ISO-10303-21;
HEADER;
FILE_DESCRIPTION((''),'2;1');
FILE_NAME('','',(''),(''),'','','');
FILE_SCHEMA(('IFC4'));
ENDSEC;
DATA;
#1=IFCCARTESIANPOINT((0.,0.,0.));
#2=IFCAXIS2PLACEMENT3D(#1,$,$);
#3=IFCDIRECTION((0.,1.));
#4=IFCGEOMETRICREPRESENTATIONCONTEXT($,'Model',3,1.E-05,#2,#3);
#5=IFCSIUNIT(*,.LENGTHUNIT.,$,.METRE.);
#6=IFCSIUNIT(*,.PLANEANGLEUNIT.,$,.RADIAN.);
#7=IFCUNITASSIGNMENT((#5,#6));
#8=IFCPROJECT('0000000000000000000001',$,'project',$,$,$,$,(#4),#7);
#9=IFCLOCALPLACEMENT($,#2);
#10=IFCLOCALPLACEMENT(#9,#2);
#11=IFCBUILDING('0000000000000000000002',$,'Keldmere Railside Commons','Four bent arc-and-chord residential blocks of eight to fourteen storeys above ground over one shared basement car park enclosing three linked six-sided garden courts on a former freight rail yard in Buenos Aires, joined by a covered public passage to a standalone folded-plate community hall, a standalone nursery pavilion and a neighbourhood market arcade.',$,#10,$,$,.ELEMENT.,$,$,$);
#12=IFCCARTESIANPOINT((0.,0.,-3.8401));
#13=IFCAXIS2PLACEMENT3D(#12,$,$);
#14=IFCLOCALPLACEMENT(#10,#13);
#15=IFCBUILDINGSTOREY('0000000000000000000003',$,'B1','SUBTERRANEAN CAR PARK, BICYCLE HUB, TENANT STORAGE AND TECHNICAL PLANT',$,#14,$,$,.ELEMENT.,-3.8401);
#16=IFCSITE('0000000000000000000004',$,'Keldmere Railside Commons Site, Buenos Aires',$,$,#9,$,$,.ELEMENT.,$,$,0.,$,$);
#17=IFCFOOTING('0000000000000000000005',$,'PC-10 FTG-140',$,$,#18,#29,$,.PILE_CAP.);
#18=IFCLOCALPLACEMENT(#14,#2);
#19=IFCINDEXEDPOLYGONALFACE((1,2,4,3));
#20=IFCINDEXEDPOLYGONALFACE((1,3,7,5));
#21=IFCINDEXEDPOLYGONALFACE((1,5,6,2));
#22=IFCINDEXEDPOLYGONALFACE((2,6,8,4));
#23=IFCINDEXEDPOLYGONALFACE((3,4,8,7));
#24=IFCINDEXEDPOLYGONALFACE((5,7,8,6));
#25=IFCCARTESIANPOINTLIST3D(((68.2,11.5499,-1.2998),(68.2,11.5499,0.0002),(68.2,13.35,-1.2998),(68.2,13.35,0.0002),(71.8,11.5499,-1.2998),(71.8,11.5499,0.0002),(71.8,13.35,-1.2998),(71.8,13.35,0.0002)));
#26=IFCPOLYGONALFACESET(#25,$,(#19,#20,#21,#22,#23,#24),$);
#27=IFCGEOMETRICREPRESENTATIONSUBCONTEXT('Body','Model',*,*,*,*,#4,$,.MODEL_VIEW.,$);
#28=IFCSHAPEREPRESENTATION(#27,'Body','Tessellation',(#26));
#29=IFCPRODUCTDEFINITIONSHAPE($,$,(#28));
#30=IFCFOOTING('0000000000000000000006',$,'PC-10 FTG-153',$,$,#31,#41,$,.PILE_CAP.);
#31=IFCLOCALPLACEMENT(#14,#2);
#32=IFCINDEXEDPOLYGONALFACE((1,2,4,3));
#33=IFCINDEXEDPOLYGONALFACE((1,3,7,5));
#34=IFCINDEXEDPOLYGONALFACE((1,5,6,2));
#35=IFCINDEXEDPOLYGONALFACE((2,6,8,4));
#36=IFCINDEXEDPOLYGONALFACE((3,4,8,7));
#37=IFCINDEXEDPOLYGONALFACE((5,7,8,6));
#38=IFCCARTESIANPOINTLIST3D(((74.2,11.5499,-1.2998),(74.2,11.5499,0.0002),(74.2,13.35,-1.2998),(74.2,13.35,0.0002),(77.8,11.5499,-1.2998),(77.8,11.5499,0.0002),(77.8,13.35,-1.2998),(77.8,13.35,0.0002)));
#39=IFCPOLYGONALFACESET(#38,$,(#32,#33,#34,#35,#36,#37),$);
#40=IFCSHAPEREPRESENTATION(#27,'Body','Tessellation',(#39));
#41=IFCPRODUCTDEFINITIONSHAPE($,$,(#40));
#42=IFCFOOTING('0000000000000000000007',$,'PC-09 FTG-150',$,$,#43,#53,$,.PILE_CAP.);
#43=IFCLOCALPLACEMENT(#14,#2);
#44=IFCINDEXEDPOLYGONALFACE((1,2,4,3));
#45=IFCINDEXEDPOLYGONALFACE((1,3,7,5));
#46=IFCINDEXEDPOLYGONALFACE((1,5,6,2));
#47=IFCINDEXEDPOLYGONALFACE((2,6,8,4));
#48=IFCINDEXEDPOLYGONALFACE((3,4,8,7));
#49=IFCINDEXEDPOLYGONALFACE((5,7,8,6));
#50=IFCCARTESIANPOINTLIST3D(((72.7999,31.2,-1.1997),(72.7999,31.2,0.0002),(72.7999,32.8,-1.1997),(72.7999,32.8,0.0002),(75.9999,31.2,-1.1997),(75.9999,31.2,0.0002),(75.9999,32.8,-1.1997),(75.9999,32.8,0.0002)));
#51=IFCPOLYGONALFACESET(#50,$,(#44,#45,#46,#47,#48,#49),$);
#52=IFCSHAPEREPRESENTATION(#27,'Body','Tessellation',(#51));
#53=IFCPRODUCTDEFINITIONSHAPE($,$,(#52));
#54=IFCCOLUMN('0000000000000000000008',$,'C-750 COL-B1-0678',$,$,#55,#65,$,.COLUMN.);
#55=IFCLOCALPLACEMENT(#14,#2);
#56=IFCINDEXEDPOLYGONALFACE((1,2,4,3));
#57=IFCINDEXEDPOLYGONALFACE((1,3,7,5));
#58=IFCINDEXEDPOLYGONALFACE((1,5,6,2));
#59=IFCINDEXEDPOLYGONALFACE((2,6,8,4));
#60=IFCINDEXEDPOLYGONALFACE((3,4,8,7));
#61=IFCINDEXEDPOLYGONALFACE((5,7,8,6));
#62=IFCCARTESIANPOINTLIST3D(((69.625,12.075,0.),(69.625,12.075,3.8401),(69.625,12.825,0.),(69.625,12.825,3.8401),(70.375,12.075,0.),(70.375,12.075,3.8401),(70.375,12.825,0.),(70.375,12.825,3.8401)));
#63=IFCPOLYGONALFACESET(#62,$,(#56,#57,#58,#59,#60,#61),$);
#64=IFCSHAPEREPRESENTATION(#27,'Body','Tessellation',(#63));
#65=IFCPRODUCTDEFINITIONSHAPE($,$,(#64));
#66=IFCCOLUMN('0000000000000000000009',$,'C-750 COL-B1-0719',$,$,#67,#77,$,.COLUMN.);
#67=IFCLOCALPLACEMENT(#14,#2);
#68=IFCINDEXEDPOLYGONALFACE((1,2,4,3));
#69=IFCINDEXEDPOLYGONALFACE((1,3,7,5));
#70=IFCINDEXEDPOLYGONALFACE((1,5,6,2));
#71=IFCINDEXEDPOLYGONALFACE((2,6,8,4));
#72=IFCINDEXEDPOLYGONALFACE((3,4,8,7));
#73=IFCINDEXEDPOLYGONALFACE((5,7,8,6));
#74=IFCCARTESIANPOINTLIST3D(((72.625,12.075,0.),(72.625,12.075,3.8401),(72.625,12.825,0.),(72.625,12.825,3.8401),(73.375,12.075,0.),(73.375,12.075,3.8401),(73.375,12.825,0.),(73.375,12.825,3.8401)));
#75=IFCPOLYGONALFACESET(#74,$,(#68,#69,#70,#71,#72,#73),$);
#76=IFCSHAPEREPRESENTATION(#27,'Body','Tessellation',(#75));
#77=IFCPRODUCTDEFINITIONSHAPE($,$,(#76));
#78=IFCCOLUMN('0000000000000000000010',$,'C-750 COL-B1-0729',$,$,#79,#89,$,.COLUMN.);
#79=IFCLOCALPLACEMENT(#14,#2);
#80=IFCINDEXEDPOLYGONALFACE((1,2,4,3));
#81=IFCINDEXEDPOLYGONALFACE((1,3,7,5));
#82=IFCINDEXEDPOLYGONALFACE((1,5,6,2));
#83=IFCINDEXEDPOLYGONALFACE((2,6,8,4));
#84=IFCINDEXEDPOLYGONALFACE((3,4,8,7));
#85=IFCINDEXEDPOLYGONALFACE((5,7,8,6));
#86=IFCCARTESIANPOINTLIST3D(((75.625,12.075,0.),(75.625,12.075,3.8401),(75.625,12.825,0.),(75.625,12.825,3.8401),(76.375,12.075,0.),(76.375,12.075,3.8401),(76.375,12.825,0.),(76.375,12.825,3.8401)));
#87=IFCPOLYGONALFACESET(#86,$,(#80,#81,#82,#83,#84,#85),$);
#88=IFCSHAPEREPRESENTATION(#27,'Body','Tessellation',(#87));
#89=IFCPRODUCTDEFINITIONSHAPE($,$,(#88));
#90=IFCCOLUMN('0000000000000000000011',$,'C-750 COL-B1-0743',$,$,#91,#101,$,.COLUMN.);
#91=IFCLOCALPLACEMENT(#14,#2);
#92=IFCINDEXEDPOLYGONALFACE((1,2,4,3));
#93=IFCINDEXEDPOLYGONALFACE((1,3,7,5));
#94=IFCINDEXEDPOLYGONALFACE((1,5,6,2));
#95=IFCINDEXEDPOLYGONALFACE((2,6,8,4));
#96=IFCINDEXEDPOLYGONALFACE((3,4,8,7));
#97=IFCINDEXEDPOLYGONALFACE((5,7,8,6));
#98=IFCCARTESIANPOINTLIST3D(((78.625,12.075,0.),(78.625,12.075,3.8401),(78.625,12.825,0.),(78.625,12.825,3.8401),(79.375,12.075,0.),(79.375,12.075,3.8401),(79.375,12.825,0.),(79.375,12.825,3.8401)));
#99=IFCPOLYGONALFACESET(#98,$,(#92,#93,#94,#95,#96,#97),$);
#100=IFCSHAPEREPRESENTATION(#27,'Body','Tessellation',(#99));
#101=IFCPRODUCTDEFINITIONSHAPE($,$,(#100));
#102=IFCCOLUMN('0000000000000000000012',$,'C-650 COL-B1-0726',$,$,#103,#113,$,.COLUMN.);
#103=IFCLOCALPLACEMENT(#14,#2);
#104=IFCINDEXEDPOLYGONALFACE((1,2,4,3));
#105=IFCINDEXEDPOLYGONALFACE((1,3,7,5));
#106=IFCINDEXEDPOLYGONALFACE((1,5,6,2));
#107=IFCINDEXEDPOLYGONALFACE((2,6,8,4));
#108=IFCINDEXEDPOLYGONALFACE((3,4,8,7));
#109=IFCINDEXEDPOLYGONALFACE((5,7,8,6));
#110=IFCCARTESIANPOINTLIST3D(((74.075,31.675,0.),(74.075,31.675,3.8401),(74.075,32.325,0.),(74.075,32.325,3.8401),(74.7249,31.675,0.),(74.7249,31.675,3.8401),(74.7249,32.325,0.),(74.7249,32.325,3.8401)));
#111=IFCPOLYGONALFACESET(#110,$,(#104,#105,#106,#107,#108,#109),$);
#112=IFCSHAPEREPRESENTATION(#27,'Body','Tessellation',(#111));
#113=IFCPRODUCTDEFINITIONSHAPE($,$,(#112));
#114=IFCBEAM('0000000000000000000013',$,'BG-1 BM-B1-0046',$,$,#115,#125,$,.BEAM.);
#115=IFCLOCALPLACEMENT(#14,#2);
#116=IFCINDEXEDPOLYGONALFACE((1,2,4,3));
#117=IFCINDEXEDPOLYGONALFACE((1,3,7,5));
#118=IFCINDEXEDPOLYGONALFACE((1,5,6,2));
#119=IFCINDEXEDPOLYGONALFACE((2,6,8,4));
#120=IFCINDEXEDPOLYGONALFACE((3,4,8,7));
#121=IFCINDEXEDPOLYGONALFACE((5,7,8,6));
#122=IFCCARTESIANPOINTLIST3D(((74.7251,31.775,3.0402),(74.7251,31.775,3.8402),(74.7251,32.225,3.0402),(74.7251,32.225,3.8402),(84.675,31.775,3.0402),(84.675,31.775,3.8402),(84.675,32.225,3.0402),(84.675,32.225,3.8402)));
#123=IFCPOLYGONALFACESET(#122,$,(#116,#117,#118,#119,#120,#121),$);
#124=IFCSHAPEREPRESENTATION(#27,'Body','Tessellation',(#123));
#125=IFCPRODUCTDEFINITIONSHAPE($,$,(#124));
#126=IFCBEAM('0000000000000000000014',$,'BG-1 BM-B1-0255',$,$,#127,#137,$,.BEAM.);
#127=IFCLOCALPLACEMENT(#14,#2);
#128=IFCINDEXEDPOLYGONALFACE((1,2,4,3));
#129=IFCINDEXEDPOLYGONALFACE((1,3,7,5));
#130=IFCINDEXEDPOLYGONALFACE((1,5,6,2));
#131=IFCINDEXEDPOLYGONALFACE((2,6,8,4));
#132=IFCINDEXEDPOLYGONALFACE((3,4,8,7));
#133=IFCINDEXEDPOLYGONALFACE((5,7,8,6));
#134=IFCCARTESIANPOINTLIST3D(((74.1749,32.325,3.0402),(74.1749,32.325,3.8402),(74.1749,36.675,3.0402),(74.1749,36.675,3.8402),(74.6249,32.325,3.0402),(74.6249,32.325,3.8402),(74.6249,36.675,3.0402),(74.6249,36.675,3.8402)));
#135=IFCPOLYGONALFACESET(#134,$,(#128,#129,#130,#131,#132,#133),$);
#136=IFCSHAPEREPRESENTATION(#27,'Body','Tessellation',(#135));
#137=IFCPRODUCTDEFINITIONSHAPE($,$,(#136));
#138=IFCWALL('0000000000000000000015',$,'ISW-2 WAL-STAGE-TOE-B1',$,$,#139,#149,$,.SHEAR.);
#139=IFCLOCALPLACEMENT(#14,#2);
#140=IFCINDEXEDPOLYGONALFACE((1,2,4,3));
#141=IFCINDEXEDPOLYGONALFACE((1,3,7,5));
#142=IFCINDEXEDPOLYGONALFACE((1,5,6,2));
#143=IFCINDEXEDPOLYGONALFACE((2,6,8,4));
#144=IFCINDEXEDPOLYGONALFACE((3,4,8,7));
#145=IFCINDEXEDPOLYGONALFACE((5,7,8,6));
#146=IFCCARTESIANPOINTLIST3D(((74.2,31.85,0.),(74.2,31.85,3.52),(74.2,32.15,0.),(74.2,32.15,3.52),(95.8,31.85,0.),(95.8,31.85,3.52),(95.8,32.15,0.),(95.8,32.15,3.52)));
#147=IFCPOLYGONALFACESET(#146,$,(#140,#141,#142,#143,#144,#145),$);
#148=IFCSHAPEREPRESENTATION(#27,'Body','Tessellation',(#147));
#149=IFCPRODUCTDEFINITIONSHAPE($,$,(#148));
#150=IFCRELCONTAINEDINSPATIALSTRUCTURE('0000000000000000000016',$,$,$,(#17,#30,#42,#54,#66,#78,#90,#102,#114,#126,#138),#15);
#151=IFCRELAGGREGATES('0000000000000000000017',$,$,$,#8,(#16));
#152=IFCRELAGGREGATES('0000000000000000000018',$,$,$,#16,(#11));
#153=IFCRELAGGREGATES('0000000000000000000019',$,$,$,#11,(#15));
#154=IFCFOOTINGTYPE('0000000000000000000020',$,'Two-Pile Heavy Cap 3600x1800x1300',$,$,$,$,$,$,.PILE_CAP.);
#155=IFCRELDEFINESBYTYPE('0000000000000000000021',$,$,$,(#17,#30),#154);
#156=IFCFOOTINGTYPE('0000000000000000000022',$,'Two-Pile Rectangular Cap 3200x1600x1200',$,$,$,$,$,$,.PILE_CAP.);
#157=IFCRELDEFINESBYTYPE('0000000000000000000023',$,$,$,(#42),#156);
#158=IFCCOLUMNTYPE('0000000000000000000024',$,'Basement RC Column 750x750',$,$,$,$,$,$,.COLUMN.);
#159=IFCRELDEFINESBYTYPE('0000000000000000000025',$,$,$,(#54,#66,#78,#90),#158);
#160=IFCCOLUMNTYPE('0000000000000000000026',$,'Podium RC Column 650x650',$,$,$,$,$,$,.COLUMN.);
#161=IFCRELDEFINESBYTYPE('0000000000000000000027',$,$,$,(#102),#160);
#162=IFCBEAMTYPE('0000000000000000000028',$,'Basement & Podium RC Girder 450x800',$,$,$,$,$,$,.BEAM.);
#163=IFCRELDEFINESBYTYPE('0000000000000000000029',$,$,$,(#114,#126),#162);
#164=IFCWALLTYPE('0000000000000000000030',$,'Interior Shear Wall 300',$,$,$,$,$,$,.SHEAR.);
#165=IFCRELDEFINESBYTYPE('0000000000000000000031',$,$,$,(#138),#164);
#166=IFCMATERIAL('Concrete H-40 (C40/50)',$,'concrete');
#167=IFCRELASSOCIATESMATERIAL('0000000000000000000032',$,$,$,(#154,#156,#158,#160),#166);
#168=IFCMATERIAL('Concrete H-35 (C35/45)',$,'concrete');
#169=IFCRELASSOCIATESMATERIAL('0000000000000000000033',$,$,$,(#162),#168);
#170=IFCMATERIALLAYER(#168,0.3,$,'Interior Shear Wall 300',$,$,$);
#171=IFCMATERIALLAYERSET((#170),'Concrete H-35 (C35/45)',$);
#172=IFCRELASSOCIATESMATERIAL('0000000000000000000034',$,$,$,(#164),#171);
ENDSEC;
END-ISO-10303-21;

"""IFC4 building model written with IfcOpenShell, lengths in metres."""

from ifc_helpers import new_model, si_unit, direction, frame, frame_2d, origin, origin_2d, place, context, subcontext, project, spatial, rectangle, extrude, material, layer, layer_set, material_profile, profile_set, type_object, element, save


model = new_model("IFC4")

# Units and contexts
model_context = context("Model", 3, precision=1e-05, world=origin(), true_north=direction((0.0, 1.0)))
body_context = subcontext(model_context, "Body", "Model", "MODEL_VIEW")
ifc_project = project(units=[si_unit("LENGTHUNIT", "METRE"), si_unit("PLANEANGLEUNIT", "RADIAN")], contexts=[model_context])

# Site, building, storey
site_placement = place(None, origin())
site = spatial("IfcSite", under=ifc_project, at=site_placement, Name="Keldmere Railside Commons Site, Buenos Aires", CompositionType="ELEMENT", RefElevation=0.0)
building_placement = place(site_placement, origin())
building = spatial("IfcBuilding", under=site, at=building_placement, Name="Keldmere Railside Commons", Description="Four bent arc-and-chord residential blocks of eight to fourteen storeys above ground over one shared basement car park enclosing three linked six-sided garden courts on a former freight rail yard in Buenos Aires, joined by a covered public passage to a standalone folded-plate community hall, a standalone nursery pavilion and a neighbourhood market arcade.", CompositionType="ELEMENT")
storey_placement = place(building_placement, frame((0.0, 0.0, -3.8401)))
storey = spatial("IfcBuildingStorey", under=building, at=storey_placement, Name="B1", Description="SUBTERRANEAN CAR PARK, BICYCLE HUB, TENANT STORAGE AND TECHNICAL PLANT", CompositionType="ELEMENT", Elevation=-3.8401)

# Footings
ifc_material_1 = material(Name="Concrete H-40 (C40/50)", Category="concrete")
footing_type_1 = type_object("IfcFootingType", Name="Two-Pile Heavy Cap 3600x1800x1300", PredefinedType="PILE_CAP", material=ifc_material_1)
for number, where, z_axis, x_axis, name in (
    (1, (70.0, 12.45, -1.2998), (0.0, 0.0, 1.0), (1.0, 0.0, 0.0), "PC-10 FTG-140"),
    (2, (76.0, 12.45, -1.2998), (0.0, 0.0, 1.0), (1.0, 0.0, 0.0), "PC-10 FTG-153"),
):
    element("IfcFooting", number, at=place(storey_placement, frame(where, z_axis=z_axis, x_axis=x_axis)), inside=storey, type_object=footing_type_1, Name=name, PredefinedType="PILE_CAP", context=body_context, shape_type="SweptSolid", body=[
        extrude(rectangle(XDim=3.6001, YDim=1.8, at=origin_2d()), origin(), (0.0, 0.0, 1.0), 1.3),
    ])
footing_type_2 = type_object("IfcFootingType", Name="Two-Pile Rectangular Cap 3200x1600x1200", PredefinedType="PILE_CAP", material=ifc_material_1)
footing_placement = place(storey_placement, frame((74.3999, 32.0, -1.1997), z_axis=(0.0, 0.0, 1.0), x_axis=(1.0, 0.0, 0.0)))
element("IfcFooting", 3, at=footing_placement, inside=storey, type_object=footing_type_2, Name="PC-09 FTG-150", PredefinedType="PILE_CAP", context=body_context, shape_type="SweptSolid", body=[
    extrude(rectangle(XDim=3.2, YDim=1.6001, at=origin_2d()), origin(), (0.0, 0.0, 1.0), 1.2),
])

# Columns
ifc_material_profile_1 = material_profile(ifc_material_1, rectangle(XDim=0.75, YDim=0.75, at=origin_2d()), Name="RC-750x750")
ifc_profile_set_1 = profile_set([ifc_material_profile_1], Name="Concrete H-40 (C40/50)")
column_type_1 = type_object("IfcColumnType", Name="Basement RC Column 750x750", PredefinedType="COLUMN", material=ifc_profile_set_1)
for number, where, z_axis, x_axis, name in (
    (4, (70.0, 12.45, 0.0), (0.0, 0.0, 1.0), (1.0, 0.0, 0.0), "C-750 COL-B1-0678"),
    (5, (73.0, 12.45, 0.0), (0.0, 0.0, 1.0), (1.0, 0.0, 0.0), "C-750 COL-B1-0719"),
    (6, (76.0, 12.45, 0.0), (0.0, 0.0, 1.0), (1.0, 0.0, 0.0), "C-750 COL-B1-0729"),
    (7, (79.0, 12.45, 0.0), (0.0, 0.0, 1.0), (1.0, 0.0, 0.0), "C-750 COL-B1-0743"),
):
    element("IfcColumn", number, at=place(storey_placement, frame(where, z_axis=z_axis, x_axis=x_axis)), inside=storey, type_object=column_type_1, Name=name, PredefinedType="COLUMN", context=body_context, shape_type="SweptSolid", body=[
        extrude(rectangle(XDim=0.75, YDim=0.75, at=origin_2d()), origin(), (0.0, 0.0, 1.0), 3.8401),
    ])
ifc_material_profile_2 = material_profile(ifc_material_1, rectangle(XDim=0.6499, YDim=0.6499, at=origin_2d()), Name="RC-650x650")
ifc_profile_set_2 = profile_set([ifc_material_profile_2], Name="Concrete H-40 (C40/50)")
column_type_2 = type_object("IfcColumnType", Name="Podium RC Column 650x650", PredefinedType="COLUMN", material=ifc_profile_set_2)
column_placement = place(storey_placement, frame((74.3999, 32.0, 0.0), z_axis=(0.0, 0.0, 1.0), x_axis=(1.0, 0.0, 0.0)))
element("IfcColumn", 8, at=column_placement, inside=storey, type_object=column_type_2, Name="C-650 COL-B1-0726", PredefinedType="COLUMN", context=body_context, shape_type="SweptSolid", body=[
    extrude(rectangle(XDim=0.6499, YDim=0.6499, at=origin_2d()), origin(), (0.0, 0.0, 1.0), 3.8401),
])

# Beams
ifc_material_2 = material(Name="Concrete H-35 (C35/45)", Category="concrete")
ifc_material_profile_3 = material_profile(ifc_material_2, rectangle(XDim=0.45, YDim=0.8, at=origin_2d()), Name="RC-450x800")
ifc_profile_set_3 = profile_set([ifc_material_profile_3], Name="Concrete H-35 (C35/45)")
beam_type = type_object("IfcBeamType", Name="Basement & Podium RC Girder 450x800", PredefinedType="BEAM", material=ifc_profile_set_3)
beam_1_placement = place(storey_placement, frame((74.7251, 32.0, 3.4402), z_axis=(1.0, 0.0, 0.0), x_axis=(0.0, 1.0, 0.0)))
element("IfcBeam", 9, at=beam_1_placement, inside=storey, type_object=beam_type, Name="BG-1 BM-B1-0046", PredefinedType="BEAM", context=body_context, shape_type="SweptSolid", body=[
    extrude(rectangle(XDim=0.45, YDim=0.8, at=origin_2d()), origin(), (0.0, 0.0, 1.0), 9.95),
])
beam_2_placement = place(storey_placement, frame((74.3999, 32.325, 3.4402), z_axis=(0.0, 1.0, 0.0), x_axis=(-1.0, 0.0, 0.0)))
element("IfcBeam", 10, at=beam_2_placement, inside=storey, type_object=beam_type, Name="BG-1 BM-B1-0255", PredefinedType="BEAM", context=body_context, shape_type="SweptSolid", body=[
    extrude(rectangle(XDim=0.45, YDim=0.8, at=origin_2d()), origin(), (0.0, 0.0, 1.0), 4.3501),
])

# Wall
ifc_layer = layer(ifc_material_2, 0.3, Name="Interior Shear Wall 300")
ifc_layer_set = layer_set([ifc_layer], Name="Concrete H-35 (C35/45)")
wall_type = type_object("IfcWallType", Name="Interior Shear Wall 300", PredefinedType="SHEAR", material=ifc_layer_set)
wall_placement = place(storey_placement, frame((74.2, 32.0, 0.0), z_axis=(0.0, 0.0, 1.0), x_axis=(1.0, 0.0, 0.0)))
element("IfcWall", 11, at=wall_placement, inside=storey, type_object=wall_type, Name="ISW-2 WAL-STAGE-TOE-B1", PredefinedType="SHEAR", context=body_context, shape_type="SweptSolid", body=[
    extrude(rectangle(XDim=21.6001, YDim=0.3, at=frame_2d((10.8, 0.0))), origin(), (0.0, 0.0, 1.0), 3.52),
])

save(model, "model.ifc")
